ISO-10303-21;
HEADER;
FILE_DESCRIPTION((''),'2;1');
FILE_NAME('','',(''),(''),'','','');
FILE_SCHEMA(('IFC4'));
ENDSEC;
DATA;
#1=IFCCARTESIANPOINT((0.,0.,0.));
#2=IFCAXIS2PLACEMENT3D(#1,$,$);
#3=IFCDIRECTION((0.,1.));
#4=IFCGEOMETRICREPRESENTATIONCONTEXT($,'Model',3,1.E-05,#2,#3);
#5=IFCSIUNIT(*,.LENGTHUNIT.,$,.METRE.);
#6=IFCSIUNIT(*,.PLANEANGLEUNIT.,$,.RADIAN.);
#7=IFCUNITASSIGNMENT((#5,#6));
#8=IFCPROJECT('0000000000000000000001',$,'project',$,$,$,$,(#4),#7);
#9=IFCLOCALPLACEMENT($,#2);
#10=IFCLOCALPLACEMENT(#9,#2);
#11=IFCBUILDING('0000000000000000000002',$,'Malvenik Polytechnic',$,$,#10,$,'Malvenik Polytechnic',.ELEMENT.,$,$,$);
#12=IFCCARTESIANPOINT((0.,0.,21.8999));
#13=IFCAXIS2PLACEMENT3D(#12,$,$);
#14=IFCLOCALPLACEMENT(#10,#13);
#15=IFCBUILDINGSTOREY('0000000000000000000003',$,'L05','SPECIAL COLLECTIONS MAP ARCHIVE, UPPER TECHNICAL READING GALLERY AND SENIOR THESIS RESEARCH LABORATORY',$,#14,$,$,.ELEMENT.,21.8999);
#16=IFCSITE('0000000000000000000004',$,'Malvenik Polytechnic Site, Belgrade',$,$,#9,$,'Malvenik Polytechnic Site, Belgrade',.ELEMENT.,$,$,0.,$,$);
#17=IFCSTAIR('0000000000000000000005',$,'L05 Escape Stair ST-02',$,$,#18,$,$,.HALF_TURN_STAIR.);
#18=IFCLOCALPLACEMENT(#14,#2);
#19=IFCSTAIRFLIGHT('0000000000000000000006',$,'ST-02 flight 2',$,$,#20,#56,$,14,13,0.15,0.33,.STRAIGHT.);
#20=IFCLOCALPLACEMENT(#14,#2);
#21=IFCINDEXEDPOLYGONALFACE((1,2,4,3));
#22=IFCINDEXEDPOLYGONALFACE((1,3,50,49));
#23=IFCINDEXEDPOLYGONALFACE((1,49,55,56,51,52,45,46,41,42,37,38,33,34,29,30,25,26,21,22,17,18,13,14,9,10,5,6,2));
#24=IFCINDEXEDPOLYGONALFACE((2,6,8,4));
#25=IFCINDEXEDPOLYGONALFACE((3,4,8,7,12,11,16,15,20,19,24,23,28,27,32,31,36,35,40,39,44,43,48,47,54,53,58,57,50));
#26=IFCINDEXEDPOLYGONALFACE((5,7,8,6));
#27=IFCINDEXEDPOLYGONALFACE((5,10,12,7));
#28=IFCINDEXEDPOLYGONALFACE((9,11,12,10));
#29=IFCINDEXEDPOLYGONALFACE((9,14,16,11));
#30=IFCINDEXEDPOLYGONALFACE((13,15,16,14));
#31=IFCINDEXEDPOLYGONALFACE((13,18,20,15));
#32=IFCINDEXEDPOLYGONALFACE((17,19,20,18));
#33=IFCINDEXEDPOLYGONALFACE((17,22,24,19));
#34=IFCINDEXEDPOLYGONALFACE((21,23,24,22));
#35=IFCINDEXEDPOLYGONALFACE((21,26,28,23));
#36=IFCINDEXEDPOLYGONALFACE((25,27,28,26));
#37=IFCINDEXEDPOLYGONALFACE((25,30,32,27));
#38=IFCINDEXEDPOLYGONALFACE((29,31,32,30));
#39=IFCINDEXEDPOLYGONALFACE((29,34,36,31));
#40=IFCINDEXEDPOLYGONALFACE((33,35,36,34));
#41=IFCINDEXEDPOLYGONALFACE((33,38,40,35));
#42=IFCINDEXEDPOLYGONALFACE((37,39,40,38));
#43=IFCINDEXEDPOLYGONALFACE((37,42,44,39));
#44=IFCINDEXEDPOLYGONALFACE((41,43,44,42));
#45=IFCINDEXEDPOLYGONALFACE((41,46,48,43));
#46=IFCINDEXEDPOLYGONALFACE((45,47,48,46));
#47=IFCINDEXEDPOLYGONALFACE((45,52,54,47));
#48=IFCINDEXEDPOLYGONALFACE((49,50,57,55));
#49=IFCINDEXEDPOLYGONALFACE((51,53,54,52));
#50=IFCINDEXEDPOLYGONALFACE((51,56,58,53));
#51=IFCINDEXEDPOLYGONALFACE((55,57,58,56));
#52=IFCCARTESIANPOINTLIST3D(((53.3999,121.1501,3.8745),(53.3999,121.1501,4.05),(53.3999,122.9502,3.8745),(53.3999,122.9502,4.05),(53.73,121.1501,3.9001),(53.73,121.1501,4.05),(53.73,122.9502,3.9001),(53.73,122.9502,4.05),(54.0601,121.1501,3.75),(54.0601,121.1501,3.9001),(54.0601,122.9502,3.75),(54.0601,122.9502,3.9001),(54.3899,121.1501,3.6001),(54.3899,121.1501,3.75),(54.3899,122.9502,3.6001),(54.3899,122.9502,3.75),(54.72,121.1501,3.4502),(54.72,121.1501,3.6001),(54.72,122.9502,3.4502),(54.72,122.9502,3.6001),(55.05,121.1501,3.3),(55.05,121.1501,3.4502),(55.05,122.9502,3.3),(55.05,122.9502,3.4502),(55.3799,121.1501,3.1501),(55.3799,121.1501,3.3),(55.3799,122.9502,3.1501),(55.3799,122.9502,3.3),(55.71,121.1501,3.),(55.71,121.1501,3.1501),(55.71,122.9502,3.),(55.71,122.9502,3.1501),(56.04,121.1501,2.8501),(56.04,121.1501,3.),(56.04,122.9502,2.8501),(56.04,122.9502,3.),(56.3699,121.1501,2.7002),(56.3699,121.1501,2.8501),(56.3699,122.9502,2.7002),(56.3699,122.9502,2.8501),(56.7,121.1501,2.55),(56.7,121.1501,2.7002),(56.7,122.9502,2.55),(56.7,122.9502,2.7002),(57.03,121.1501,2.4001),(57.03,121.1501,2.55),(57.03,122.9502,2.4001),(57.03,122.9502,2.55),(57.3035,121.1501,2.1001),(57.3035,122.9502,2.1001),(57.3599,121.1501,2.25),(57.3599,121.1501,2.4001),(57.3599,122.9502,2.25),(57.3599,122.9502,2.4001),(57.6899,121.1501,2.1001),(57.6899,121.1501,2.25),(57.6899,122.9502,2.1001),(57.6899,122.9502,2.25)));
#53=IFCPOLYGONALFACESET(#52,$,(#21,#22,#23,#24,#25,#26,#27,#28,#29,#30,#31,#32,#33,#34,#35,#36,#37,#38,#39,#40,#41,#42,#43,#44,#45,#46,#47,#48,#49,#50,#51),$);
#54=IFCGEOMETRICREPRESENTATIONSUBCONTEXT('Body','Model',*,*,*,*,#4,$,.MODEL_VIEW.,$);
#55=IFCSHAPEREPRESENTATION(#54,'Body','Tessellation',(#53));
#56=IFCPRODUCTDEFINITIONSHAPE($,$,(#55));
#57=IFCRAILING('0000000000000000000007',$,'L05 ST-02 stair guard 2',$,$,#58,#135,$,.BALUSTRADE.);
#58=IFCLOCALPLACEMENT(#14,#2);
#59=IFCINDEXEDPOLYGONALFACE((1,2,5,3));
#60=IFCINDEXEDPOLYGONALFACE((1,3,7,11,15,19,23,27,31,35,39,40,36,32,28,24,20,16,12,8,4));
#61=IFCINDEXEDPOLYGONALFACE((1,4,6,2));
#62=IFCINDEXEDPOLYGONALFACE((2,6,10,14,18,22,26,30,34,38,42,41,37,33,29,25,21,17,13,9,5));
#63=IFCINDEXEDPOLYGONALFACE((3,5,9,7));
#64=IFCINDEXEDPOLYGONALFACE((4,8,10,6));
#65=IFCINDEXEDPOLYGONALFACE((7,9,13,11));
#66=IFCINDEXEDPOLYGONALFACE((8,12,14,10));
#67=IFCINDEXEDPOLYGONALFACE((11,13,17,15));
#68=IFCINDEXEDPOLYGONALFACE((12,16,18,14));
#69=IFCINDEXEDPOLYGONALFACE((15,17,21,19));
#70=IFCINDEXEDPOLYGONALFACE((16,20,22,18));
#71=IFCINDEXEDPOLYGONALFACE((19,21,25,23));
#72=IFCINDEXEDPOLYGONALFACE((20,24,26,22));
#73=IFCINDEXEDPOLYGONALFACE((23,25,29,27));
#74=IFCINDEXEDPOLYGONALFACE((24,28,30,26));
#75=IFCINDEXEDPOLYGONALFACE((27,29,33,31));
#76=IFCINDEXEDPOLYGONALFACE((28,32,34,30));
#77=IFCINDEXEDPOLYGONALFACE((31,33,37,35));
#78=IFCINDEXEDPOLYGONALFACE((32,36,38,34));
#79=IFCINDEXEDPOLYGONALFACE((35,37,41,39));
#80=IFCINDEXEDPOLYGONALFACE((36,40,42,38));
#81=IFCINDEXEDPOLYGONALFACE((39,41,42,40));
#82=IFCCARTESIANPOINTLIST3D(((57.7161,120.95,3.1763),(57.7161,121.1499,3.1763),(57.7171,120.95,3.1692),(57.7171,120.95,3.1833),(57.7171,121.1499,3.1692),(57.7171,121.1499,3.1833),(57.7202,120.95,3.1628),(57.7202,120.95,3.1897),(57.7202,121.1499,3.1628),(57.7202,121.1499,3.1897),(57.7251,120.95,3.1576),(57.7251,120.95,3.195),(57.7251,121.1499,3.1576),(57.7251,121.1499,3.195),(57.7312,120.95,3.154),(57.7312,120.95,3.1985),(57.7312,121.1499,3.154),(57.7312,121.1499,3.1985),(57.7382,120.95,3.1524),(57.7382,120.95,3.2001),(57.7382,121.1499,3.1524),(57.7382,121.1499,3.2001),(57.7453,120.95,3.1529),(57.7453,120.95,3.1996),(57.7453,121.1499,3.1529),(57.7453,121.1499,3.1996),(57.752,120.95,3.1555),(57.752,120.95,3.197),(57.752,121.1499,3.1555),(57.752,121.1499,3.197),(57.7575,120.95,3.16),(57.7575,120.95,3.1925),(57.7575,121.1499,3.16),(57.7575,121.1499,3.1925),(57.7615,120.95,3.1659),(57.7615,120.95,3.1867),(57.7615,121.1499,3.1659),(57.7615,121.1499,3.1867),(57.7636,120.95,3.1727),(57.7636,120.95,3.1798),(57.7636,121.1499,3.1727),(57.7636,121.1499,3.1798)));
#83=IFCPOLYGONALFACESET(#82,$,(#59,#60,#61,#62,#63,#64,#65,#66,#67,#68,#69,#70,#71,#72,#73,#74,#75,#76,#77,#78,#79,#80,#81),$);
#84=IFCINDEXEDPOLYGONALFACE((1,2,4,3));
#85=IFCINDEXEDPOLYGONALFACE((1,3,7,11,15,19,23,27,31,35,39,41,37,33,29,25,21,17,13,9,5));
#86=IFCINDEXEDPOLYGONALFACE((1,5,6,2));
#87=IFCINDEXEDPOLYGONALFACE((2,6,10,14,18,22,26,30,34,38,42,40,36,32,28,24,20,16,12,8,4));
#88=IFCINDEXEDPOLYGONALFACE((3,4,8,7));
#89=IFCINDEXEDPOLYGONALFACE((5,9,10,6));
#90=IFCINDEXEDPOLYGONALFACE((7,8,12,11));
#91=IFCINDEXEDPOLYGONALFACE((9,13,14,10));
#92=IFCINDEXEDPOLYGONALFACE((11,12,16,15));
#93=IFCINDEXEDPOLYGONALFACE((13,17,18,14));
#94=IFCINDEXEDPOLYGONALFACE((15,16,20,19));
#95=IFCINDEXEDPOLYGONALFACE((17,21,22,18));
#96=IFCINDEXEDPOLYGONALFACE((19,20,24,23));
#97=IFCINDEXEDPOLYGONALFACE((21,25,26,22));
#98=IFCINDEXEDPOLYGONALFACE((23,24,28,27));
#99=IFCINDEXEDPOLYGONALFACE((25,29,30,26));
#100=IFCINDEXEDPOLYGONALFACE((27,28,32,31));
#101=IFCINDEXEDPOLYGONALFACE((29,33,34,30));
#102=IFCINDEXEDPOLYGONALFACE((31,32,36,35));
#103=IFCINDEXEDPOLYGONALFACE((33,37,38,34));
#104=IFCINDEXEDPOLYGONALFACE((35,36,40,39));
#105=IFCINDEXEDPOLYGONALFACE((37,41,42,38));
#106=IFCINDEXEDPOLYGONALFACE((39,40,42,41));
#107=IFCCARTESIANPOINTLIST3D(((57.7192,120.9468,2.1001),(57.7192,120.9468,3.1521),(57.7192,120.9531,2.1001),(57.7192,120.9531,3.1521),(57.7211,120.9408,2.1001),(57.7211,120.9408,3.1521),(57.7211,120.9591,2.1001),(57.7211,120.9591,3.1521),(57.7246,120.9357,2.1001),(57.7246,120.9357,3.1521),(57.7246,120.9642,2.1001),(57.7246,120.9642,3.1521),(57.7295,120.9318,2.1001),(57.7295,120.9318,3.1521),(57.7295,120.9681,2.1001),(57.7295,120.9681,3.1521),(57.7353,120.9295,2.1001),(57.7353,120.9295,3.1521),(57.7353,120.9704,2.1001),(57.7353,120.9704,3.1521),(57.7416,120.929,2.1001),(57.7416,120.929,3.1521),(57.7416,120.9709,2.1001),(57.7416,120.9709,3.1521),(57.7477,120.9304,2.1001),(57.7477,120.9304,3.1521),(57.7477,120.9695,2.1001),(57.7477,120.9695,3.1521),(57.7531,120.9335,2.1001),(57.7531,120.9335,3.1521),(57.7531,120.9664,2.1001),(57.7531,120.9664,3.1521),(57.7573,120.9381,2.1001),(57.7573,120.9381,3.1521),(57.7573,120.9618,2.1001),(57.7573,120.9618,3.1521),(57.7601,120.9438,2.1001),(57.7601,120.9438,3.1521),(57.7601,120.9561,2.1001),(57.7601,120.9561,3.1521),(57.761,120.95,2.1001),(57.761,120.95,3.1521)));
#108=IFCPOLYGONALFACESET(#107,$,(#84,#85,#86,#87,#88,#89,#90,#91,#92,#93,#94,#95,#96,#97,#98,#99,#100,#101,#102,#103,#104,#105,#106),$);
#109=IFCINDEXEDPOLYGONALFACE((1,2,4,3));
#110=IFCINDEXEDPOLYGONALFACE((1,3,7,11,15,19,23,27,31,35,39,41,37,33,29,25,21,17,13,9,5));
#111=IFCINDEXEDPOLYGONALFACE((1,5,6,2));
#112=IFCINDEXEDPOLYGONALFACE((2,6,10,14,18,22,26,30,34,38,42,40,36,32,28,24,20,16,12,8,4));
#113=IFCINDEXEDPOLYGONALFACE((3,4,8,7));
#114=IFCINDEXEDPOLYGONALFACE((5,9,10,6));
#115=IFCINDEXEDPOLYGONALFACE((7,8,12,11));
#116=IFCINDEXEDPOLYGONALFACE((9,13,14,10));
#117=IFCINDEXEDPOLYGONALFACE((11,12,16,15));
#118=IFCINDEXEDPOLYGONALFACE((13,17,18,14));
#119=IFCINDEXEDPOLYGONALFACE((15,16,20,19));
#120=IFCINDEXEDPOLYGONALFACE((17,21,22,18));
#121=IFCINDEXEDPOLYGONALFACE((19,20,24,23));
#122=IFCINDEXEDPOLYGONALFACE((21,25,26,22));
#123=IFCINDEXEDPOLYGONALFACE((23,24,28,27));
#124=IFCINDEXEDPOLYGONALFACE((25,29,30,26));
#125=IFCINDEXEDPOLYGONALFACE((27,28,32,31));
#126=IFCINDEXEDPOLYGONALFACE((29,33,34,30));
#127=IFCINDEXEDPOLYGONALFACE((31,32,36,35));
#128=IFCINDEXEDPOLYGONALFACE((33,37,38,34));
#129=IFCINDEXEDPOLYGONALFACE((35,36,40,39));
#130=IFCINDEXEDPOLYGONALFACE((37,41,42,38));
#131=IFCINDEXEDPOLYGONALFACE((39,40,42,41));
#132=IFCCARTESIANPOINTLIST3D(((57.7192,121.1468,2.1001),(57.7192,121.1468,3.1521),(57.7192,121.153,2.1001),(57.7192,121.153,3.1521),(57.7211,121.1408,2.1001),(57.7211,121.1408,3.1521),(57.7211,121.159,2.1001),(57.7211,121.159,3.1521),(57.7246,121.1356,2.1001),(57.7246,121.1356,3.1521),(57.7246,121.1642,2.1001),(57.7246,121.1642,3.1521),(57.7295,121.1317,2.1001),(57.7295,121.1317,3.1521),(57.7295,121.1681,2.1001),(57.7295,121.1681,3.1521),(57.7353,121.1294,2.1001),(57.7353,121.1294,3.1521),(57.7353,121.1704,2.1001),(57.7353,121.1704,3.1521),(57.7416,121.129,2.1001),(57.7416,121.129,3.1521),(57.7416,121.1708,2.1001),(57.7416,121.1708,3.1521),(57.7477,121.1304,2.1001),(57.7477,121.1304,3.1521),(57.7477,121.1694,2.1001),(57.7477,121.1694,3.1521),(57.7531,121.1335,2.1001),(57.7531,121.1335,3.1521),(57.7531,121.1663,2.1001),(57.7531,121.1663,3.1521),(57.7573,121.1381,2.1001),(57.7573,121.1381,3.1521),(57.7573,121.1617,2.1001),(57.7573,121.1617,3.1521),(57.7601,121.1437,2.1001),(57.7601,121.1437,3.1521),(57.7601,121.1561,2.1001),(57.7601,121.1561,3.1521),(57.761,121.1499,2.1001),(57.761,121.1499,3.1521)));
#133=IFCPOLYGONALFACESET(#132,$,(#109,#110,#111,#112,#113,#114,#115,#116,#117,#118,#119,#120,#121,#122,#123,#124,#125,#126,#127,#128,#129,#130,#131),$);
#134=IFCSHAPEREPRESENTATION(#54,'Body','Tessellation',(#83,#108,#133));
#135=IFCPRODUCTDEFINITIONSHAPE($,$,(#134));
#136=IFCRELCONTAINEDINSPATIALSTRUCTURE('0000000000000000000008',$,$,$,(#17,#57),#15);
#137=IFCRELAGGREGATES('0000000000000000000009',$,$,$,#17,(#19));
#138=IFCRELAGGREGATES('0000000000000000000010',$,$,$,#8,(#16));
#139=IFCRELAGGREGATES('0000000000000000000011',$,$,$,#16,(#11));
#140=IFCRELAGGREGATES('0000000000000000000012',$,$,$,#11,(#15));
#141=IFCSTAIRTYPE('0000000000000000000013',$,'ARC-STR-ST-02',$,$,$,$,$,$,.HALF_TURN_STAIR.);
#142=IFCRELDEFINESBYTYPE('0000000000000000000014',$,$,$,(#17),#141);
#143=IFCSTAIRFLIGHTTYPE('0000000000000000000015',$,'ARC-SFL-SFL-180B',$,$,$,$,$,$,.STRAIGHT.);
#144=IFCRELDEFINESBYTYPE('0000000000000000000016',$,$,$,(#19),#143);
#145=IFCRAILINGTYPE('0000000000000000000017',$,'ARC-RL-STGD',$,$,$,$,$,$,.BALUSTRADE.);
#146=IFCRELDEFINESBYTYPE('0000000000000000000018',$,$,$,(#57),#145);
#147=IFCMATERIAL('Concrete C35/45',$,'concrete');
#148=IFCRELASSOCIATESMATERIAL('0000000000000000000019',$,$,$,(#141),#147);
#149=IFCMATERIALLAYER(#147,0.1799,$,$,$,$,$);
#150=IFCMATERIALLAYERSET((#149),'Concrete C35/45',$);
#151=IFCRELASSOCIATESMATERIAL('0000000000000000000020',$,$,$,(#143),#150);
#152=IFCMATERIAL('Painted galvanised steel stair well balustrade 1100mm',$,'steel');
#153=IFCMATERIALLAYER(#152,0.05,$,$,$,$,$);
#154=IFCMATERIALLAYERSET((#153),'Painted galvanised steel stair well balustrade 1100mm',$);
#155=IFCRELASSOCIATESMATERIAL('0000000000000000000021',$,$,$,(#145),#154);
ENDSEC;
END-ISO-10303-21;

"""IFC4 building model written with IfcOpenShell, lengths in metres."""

from ifc_helpers import new_model, si_unit, direction, frame, origin, origin_2d, place, context, subcontext, project, spatial, polyline, circle, outline, extrude, material, layer, layer_set, type_object, element, aggregate, save


model = new_model("IFC4")

# Units and contexts
model_context = context("Model", 3, precision=1e-05, world=origin(), true_north=direction((0.0, 1.0)))
body_context = subcontext(model_context, "Body", "Model", "MODEL_VIEW")
ifc_project = project(units=[si_unit("LENGTHUNIT", "METRE"), si_unit("PLANEANGLEUNIT", "RADIAN")], contexts=[model_context])

# Site, building, storey
site_placement = place(None, origin())
site = spatial("IfcSite", under=ifc_project, at=site_placement, Name="Malvenik Polytechnic Site, Belgrade", LongName="Malvenik Polytechnic Site, Belgrade", CompositionType="ELEMENT", RefElevation=0.0)
building_placement = place(site_placement, origin())
building = spatial("IfcBuilding", under=site, at=building_placement, Name="Malvenik Polytechnic", LongName="Malvenik Polytechnic", CompositionType="ELEMENT")
storey_placement = place(building_placement, frame((0.0, 0.0, 21.8999)))
storey = spatial("IfcBuildingStorey", under=building, at=storey_placement, Name="L05", Description="SPECIAL COLLECTIONS MAP ARCHIVE, UPPER TECHNICAL READING GALLERY AND SENIOR THESIS RESEARCH LABORATORY", CompositionType="ELEMENT", Elevation=21.8999)

# Shared definitions
ifc_material_1 = material(Name="Concrete C35/45", Category="concrete")

# Stair, stair flight
stair_type = type_object("IfcStairType", Name="ARC-STR-ST-02", PredefinedType="HALF_TURN_STAIR", material=ifc_material_1)
stair_placement = place(storey_placement, origin())
stair = element("IfcStair", 1, at=stair_placement, inside=storey, type_object=stair_type, Name="L05 Escape Stair ST-02", PredefinedType="HALF_TURN_STAIR")
ifc_layer_1 = layer(ifc_material_1, 0.1799)
ifc_layer_set_1 = layer_set([ifc_layer_1], Name="Concrete C35/45")
stair_flight_type = type_object("IfcStairFlightType", Name="ARC-SFL-SFL-180B", PredefinedType="STRAIGHT", material=ifc_layer_set_1)
stair_flight_placement = place(storey_placement, frame((57.6899, 122.05, 2.1001), z_axis=(0.0, 0.0, 1.0), x_axis=(-1.0, 0.0, 0.0)))
stair_flight = element("IfcStairFlight", 2, at=stair_flight_placement, type_object=stair_flight_type, Name="ST-02 flight 2", NumberOfRisers=14, NumberOfTreads=13, PredefinedType="STRAIGHT", RiserHeight=0.15, TreadLength=0.33, context=body_context, shape_type="SweptSolid", body=[
    extrude(outline(polyline([(0.0, 0.0), (0.0, 0.1499), (0.3301, 0.1499), (0.3301, 0.3), (0.6599, 0.3), (0.6599, 0.45), (0.99, 0.45), (0.99, 0.6001), (1.3201, 0.6001), (1.3201, 0.75), (1.6499, 0.75), (1.6499, 0.8999), (1.98, 0.8999), (1.98, 1.05), (2.3101, 1.05), (2.3101, 1.2), (2.6399, 1.2), (2.6399, 1.3501), (2.97, 1.3501), (2.97, 1.5), (3.3, 1.5), (3.3, 1.6499), (3.6299, 1.6499), (3.6299, 1.8), (3.96, 1.8), (3.96, 1.95), (4.29, 1.95), (4.29, 2.1001), (4.29, 1.7744), (0.3865, 0.0), (0.0, 0.0)])), frame((0.0, 0.8999, 0.0), z_axis=(0.0, -1.0, 0.0), x_axis=(1.0, 0.0, 0.0)), (0.0, 0.0, 1.0), 1.8),
])
aggregate(stair, [stair_flight])

# Railing
ifc_material_2 = material(Name="Painted galvanised steel stair well balustrade 1100mm", Category="steel")
ifc_layer_2 = layer(ifc_material_2, 0.05)
ifc_layer_set_2 = layer_set([ifc_layer_2], Name="Painted galvanised steel stair well balustrade 1100mm")
railing_type_1 = type_object("IfcRailingType", Name="ARC-RL-STGD", PredefinedType="BALUSTRADE", material=ifc_layer_set_2)
railing_1_placement = place(storey_placement, frame((57.74, 120.95, 2.1001)))
element("IfcRailing", 3, at=railing_1_placement, inside=storey, type_object=railing_type_1, Name="L05 ST-02 stair guard 2", PredefinedType="BALUSTRADE", context=body_context, shape_type="SweptSolid", body=[
    extrude(circle(Radius=0.0239, at=origin_2d()), frame((0.0, 0.0, 1.0762), z_axis=(0.0, 1.0, 0.0), x_axis=(-1.0, 0.0, 0.0)), (0.0, 0.0, 1.0), 0.2),
    extrude(circle(Radius=0.021, at=origin_2d()), origin(), (0.0, 0.0, 1.0), 1.052),
    extrude(circle(Radius=0.021, at=origin_2d()), frame((0.0, 0.2, 0.0)), (0.0, 0.0, 1.0), 1.052),
])

save(model, "model.ifc")
